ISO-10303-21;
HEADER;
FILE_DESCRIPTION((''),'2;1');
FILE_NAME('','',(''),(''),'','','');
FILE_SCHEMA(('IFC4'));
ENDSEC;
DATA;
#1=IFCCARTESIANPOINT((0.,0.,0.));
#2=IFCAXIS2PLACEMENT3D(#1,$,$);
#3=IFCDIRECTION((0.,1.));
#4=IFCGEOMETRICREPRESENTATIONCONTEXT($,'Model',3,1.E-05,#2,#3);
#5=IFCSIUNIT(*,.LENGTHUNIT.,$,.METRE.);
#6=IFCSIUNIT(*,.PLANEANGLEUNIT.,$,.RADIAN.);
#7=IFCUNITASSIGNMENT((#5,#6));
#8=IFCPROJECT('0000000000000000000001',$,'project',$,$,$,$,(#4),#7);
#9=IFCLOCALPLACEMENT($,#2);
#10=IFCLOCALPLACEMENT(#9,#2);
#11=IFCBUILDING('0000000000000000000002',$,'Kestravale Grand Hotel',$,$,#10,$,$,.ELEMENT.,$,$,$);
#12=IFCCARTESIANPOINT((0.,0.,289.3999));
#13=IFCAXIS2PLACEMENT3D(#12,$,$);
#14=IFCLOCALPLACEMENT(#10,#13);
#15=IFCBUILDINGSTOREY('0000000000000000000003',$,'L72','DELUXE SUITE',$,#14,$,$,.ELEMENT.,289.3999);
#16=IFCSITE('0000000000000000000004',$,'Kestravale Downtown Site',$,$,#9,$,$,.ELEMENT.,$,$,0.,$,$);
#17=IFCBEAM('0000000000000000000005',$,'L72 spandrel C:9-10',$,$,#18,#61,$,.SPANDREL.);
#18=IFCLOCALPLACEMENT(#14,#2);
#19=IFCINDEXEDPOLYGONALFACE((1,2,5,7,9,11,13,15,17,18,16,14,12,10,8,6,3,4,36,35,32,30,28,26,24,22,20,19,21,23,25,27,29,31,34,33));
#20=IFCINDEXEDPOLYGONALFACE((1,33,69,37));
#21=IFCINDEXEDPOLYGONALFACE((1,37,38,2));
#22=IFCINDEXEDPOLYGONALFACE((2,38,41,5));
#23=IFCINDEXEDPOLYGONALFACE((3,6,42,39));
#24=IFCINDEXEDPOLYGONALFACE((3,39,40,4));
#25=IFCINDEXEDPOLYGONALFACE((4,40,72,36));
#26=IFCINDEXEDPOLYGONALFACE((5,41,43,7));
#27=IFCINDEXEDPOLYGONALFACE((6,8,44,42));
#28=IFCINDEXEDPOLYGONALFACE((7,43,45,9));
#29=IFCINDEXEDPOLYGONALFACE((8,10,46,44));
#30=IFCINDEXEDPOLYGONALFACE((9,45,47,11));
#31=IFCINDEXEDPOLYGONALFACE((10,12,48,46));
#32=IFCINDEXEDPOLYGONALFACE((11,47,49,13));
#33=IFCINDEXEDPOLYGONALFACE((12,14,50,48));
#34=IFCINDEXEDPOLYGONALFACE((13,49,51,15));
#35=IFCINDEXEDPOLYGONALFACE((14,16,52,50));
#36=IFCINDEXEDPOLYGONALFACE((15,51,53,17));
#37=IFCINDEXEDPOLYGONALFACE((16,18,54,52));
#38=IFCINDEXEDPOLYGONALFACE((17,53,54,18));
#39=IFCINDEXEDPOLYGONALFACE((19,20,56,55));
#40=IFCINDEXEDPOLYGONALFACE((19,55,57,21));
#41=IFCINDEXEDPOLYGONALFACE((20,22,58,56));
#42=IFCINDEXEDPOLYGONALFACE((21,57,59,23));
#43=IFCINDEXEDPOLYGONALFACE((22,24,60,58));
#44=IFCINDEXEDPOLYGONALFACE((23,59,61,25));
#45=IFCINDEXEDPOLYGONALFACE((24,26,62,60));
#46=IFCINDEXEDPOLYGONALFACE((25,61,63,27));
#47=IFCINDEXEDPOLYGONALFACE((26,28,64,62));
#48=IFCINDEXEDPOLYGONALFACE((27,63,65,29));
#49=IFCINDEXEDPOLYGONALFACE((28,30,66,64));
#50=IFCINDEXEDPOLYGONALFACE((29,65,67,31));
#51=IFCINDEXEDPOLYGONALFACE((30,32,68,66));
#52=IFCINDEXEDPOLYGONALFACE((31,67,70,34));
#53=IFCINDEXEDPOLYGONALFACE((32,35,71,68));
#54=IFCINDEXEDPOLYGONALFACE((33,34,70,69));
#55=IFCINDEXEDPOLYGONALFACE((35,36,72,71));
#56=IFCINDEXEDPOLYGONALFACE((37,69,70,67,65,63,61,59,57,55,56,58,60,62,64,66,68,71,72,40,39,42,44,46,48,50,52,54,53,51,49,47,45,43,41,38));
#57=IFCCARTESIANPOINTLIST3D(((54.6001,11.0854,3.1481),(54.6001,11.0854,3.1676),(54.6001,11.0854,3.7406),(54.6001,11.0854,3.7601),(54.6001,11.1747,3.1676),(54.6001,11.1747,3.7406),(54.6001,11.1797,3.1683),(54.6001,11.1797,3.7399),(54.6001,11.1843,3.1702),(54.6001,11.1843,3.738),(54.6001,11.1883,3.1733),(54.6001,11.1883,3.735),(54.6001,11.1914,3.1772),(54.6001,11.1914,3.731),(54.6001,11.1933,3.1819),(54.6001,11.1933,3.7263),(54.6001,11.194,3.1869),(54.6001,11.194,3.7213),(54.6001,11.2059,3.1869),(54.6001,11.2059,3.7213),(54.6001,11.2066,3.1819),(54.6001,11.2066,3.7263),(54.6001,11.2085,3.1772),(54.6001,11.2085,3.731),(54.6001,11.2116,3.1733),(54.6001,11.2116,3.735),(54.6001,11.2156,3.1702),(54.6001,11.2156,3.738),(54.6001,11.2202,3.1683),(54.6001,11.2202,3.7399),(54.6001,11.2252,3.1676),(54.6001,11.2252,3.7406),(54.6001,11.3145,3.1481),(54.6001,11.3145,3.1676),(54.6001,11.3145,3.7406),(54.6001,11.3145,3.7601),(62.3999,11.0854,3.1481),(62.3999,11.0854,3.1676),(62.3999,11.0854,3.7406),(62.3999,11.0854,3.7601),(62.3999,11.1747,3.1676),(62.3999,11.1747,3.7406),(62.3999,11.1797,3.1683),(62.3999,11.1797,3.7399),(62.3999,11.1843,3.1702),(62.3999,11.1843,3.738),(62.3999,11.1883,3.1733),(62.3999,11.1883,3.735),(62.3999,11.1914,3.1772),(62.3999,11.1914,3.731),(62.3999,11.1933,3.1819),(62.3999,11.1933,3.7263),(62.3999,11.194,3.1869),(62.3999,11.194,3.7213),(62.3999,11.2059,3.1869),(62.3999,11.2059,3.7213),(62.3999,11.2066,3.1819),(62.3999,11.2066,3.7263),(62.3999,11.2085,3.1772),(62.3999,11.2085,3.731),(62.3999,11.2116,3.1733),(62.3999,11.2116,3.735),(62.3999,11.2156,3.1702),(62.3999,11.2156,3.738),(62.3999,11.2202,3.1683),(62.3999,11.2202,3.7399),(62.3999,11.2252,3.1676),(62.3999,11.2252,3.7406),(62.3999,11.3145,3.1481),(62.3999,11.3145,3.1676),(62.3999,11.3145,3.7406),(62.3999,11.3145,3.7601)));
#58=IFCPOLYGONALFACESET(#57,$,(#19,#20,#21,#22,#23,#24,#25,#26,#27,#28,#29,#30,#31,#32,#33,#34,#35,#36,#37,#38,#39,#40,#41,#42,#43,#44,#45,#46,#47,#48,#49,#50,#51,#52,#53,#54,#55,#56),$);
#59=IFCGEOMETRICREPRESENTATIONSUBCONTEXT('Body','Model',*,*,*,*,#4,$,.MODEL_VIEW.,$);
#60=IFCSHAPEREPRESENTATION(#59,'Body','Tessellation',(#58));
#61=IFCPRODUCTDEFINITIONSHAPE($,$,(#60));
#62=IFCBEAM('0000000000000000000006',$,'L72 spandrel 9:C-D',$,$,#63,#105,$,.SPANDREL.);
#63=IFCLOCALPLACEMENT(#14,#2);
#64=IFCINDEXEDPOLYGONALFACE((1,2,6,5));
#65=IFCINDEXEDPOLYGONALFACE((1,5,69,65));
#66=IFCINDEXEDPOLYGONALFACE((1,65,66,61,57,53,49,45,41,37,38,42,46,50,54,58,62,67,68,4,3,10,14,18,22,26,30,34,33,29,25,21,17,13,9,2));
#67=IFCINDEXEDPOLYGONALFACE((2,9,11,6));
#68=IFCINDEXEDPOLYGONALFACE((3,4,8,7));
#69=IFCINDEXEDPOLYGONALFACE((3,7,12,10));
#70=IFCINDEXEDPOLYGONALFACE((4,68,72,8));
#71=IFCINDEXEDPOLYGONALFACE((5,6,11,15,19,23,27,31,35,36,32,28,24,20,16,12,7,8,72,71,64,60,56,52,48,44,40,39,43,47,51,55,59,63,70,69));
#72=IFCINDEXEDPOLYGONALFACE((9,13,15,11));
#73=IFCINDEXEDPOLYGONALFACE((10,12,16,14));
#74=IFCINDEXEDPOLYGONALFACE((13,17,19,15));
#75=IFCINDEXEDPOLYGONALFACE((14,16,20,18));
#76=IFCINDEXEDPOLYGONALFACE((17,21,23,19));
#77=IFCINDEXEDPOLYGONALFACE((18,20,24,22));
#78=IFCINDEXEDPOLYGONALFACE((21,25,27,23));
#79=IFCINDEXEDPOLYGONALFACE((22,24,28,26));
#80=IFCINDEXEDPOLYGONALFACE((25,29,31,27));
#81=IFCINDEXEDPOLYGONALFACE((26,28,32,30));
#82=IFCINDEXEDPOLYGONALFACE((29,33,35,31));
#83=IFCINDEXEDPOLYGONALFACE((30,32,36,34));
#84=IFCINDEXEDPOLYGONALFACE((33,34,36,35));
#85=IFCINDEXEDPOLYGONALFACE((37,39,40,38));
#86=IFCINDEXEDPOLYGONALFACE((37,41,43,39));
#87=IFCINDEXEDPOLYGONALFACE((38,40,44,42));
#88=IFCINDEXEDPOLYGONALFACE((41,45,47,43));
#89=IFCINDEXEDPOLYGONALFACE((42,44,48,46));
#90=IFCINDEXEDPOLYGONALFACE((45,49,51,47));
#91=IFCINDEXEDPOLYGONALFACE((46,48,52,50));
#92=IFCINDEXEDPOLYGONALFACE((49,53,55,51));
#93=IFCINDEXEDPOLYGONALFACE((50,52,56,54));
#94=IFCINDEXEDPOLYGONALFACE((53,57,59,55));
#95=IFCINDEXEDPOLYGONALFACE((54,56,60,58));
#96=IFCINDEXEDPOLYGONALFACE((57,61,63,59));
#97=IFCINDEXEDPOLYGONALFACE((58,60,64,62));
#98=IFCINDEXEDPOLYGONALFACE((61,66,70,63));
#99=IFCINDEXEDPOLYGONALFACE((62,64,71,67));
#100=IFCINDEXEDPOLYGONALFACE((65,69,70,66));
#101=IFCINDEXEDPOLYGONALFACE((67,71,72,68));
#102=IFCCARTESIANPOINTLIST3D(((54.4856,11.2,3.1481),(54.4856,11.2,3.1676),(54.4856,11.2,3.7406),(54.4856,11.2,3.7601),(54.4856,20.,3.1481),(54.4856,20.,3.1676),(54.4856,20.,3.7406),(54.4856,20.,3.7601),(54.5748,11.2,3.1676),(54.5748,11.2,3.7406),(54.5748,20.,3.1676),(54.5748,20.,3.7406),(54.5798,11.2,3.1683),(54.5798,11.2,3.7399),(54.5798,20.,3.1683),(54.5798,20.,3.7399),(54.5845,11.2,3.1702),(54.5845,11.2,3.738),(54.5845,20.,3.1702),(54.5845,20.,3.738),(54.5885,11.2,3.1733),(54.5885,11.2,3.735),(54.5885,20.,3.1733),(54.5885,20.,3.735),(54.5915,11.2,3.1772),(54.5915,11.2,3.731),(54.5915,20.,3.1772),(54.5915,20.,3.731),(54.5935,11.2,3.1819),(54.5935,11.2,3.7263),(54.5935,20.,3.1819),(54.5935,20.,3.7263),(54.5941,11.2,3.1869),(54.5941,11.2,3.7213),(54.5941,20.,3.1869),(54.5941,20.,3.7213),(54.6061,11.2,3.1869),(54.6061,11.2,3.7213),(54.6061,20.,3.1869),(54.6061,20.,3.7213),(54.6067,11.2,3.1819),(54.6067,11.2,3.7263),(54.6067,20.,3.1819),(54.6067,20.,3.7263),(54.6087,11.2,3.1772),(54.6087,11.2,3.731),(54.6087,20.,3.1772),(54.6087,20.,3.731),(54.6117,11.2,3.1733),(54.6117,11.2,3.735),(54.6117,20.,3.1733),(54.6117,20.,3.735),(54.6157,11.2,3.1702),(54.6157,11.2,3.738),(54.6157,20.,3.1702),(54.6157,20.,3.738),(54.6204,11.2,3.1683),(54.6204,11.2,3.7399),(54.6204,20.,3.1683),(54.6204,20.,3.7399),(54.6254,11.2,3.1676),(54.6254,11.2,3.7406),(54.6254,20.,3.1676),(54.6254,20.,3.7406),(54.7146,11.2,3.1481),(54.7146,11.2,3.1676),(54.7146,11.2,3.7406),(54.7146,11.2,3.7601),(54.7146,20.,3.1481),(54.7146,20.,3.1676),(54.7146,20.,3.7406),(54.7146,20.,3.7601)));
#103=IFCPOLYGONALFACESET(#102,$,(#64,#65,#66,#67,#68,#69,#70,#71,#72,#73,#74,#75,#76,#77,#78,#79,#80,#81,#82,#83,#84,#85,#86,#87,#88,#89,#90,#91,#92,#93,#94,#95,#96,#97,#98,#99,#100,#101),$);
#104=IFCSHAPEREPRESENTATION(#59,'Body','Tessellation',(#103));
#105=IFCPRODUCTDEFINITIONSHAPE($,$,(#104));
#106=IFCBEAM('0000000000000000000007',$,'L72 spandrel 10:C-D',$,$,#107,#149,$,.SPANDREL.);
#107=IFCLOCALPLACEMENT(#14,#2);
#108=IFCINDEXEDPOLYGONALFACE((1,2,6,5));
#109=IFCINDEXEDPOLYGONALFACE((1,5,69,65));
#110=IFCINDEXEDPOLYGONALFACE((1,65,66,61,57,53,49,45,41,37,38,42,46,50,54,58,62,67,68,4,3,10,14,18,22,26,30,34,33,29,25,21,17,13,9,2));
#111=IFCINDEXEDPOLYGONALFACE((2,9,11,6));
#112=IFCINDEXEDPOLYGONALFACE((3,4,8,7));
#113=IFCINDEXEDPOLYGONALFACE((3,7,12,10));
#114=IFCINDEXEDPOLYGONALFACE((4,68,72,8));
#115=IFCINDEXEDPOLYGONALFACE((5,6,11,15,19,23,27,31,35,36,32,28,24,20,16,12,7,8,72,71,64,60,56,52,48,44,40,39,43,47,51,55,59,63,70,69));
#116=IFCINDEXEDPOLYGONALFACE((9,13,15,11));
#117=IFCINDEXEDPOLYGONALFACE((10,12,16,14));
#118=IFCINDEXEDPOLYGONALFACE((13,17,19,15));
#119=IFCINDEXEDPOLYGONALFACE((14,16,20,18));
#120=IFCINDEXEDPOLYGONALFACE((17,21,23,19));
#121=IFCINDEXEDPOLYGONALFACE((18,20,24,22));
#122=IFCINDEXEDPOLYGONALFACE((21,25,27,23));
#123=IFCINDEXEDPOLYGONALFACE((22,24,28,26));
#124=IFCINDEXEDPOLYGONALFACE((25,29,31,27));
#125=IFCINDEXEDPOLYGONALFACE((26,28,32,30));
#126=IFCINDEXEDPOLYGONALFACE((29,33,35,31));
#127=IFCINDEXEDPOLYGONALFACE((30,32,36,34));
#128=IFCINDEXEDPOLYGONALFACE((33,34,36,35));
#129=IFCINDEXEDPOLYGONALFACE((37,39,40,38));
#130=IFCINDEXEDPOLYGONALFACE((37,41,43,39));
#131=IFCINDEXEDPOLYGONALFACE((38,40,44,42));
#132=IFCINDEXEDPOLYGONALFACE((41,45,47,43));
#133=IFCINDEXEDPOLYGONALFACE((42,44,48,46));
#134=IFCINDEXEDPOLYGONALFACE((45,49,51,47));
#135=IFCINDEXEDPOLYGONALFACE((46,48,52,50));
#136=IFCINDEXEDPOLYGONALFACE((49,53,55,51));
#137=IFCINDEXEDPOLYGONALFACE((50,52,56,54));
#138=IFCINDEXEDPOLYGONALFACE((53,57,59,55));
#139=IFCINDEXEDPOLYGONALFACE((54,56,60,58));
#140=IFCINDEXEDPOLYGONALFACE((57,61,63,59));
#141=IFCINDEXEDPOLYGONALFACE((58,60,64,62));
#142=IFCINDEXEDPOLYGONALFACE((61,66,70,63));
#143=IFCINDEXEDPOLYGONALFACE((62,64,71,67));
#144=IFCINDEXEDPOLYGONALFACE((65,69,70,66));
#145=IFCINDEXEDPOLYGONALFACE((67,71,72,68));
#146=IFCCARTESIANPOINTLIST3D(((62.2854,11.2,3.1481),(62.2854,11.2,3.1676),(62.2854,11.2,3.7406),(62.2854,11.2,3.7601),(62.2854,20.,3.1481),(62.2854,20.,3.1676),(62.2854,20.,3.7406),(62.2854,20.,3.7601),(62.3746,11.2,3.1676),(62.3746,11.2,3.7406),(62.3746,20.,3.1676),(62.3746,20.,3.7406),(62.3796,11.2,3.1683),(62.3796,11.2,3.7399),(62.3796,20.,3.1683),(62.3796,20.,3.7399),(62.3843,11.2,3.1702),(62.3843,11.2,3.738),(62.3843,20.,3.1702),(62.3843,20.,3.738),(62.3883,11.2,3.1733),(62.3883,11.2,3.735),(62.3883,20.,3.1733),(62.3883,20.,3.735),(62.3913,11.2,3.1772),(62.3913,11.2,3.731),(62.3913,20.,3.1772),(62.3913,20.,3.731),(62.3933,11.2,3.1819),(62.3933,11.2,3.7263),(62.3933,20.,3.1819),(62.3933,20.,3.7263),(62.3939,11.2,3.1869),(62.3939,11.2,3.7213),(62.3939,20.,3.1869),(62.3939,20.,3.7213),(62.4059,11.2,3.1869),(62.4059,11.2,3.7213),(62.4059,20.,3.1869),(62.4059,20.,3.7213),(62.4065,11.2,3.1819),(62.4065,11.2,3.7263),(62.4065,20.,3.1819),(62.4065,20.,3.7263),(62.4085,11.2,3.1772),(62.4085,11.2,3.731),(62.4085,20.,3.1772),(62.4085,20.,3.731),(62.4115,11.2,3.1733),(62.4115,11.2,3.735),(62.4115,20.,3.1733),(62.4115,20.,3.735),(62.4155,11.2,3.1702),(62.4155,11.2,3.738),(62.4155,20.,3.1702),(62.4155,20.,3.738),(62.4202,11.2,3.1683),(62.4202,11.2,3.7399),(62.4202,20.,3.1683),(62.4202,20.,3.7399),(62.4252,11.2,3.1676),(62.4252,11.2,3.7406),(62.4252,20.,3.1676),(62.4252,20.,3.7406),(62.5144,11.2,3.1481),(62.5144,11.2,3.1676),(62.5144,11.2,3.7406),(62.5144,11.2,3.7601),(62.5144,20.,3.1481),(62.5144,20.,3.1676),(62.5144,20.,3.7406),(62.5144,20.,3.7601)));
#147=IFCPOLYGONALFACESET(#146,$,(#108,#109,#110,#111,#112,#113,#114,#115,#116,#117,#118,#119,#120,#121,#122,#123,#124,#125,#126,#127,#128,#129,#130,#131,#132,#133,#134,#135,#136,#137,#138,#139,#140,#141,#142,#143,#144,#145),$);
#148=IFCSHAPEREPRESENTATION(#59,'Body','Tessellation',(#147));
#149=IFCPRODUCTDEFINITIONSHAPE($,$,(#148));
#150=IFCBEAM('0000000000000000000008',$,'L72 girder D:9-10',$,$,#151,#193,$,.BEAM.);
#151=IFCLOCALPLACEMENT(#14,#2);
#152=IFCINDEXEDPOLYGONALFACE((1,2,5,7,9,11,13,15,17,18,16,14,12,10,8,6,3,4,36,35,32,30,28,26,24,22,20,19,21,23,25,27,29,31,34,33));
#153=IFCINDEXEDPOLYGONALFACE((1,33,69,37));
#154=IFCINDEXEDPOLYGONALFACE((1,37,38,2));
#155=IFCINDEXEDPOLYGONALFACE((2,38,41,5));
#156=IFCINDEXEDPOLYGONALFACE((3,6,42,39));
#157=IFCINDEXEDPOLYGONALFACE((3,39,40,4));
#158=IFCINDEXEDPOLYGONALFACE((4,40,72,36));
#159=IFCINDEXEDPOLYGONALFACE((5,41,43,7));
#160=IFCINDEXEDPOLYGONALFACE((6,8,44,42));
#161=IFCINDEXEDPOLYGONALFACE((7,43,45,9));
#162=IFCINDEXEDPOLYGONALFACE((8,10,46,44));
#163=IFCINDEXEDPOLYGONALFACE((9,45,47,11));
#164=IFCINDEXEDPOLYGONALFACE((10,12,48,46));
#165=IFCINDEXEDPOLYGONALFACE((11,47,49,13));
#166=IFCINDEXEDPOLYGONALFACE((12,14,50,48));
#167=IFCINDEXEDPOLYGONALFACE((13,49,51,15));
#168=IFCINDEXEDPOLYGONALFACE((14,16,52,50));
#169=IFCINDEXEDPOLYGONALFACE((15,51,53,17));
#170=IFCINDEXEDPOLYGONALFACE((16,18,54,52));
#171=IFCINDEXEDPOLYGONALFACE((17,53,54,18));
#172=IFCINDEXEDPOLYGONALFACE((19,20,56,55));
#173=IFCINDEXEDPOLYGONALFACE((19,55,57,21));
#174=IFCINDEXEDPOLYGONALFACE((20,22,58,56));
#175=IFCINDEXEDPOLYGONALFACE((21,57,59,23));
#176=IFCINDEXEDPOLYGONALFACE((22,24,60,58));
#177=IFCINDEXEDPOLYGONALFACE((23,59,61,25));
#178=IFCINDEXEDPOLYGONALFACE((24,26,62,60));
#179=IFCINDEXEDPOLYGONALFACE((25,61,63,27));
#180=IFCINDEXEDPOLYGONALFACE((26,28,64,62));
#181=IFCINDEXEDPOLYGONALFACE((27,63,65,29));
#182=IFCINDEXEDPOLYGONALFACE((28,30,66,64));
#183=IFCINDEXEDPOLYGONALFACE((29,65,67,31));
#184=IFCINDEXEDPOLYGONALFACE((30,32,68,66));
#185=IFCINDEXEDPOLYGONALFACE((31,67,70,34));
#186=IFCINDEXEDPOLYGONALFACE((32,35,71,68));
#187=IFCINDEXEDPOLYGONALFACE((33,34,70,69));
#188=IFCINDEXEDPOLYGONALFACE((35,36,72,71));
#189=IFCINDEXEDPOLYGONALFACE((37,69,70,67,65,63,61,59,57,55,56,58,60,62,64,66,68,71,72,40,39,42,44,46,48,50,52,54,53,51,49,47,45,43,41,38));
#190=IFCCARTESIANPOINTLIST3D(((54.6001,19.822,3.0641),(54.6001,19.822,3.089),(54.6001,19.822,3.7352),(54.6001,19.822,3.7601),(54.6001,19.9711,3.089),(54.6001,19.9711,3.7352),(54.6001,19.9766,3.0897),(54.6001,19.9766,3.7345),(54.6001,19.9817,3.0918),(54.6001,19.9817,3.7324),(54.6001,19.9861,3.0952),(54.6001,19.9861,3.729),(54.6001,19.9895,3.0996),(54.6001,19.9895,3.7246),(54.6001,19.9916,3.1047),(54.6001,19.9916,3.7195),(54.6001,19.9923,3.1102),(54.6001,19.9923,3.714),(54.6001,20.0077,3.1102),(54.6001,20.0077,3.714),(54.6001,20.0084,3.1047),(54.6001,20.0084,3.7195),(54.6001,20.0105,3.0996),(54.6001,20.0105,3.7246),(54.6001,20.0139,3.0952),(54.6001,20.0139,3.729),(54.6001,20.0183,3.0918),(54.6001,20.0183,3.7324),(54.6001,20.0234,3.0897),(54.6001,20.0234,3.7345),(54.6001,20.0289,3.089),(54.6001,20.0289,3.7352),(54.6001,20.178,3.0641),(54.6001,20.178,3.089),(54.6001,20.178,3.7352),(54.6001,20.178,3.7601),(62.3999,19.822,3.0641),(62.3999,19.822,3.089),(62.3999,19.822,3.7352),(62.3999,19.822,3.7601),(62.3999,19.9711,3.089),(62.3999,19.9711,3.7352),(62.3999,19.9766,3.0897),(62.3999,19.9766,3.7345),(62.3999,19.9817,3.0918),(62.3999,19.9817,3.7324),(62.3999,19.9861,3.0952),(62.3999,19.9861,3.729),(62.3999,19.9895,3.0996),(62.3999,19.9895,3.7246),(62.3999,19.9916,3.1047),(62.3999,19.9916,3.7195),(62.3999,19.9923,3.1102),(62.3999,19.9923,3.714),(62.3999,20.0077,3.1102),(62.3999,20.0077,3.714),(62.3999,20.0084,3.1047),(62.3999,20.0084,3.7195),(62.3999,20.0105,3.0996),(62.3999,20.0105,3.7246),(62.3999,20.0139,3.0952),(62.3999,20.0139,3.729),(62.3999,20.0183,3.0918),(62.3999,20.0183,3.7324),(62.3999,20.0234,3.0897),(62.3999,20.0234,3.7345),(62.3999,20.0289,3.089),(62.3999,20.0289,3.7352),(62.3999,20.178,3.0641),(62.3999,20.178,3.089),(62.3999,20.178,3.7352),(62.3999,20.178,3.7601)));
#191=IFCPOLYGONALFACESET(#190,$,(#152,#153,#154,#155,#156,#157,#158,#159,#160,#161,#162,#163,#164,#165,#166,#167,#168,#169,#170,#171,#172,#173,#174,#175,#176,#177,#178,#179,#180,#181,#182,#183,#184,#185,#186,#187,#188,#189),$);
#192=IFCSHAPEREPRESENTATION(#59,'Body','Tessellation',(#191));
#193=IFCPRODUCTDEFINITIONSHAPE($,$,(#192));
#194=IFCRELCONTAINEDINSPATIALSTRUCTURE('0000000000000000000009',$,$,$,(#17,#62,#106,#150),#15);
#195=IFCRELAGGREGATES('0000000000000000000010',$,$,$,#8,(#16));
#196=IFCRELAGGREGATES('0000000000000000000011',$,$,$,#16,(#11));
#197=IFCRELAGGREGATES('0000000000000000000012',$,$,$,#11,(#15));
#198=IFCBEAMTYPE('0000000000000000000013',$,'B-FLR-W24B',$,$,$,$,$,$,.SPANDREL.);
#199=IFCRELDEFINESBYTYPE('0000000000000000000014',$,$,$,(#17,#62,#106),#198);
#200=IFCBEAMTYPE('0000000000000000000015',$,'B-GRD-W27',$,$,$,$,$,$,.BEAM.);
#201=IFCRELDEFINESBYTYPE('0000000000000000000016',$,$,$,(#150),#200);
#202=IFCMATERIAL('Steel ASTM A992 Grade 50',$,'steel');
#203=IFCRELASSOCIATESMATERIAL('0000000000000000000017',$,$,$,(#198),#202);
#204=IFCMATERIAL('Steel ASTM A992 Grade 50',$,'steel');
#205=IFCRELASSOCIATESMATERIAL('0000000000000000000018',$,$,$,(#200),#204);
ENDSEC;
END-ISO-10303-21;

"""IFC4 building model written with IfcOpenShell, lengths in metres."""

from ifc_helpers import new_model, si_unit, direction, frame, origin, origin_2d, place, context, subcontext, project, spatial, i_section, extrude, material, material_profile, profile_set, type_object, element, save


model = new_model("IFC4")

# Units and contexts
model_context = context("Model", 3, precision=1e-05, world=origin(), true_north=direction((0.0, 1.0)))
body_context = subcontext(model_context, "Body", "Model", "MODEL_VIEW")
ifc_project = project(units=[si_unit("LENGTHUNIT", "METRE"), si_unit("PLANEANGLEUNIT", "RADIAN")], contexts=[model_context])

# Site, building, storey
site_placement = place(None, origin())
site = spatial("IfcSite", under=ifc_project, at=site_placement, Name="Kestravale Downtown Site", CompositionType="ELEMENT", RefElevation=0.0)
building_placement = place(site_placement, origin())
building = spatial("IfcBuilding", under=site, at=building_placement, Name="Kestravale Grand Hotel", CompositionType="ELEMENT")
storey_placement = place(building_placement, frame((0.0, 0.0, 289.3999)))
storey = spatial("IfcBuildingStorey", under=building, at=storey_placement, Name="L72", Description="DELUXE SUITE", CompositionType="ELEMENT", Elevation=289.3999)

# Beams
ifc_material_1 = material(Name="Steel ASTM A992 Grade 50", Category="steel")
ifc_material_profile_1 = material_profile(ifc_material_1, i_section(OverallWidth=0.229, OverallDepth=0.6121, WebThickness=0.012, FlangeThickness=0.0195, FilletRadius=0.0193, at=origin_2d()))
ifc_profile_set_1 = profile_set([ifc_material_profile_1], Name="Steel ASTM A992 Grade 50")
beam_type_1 = type_object("IfcBeamType", Name="B-FLR-W24B", PredefinedType="SPANDREL", material=ifc_profile_set_1)
beam_1_placement = place(storey_placement, frame((54.6001, 11.2, 3.4541), z_axis=(1.0, 0.0, 0.0), x_axis=(0.0, 1.0, 0.0)))
element("IfcBeam", 1, at=beam_1_placement, inside=storey, type_object=beam_type_1, Name="L72 spandrel C:9-10", PredefinedType="SPANDREL", context=body_context, shape_type="SweptSolid", body=[
    extrude(i_section(OverallWidth=0.229, OverallDepth=0.6121, WebThickness=0.012, FlangeThickness=0.0195, FilletRadius=0.0193, at=origin_2d()), origin(), (0.0, 0.0, 1.0), 7.7998),
])
for number, where, z_axis, x_axis, name in (
    (2, (54.6001, 11.2, 3.4541), (0.0, 1.0, 0.0), (-1.0, 0.0, 0.0), "L72 spandrel 9:C-D"),
    (3, (62.3999, 11.2, 3.4541), (0.0, 1.0, 0.0), (-1.0, 0.0, 0.0), "L72 spandrel 10:C-D"),
):
    element("IfcBeam", number, at=place(storey_placement, frame(where, z_axis=z_axis, x_axis=x_axis)), inside=storey, type_object=beam_type_1, Name=name, PredefinedType="SPANDREL", context=body_context, shape_type="SweptSolid", body=[
        extrude(i_section(OverallWidth=0.229, OverallDepth=0.6121, WebThickness=0.012, FlangeThickness=0.0195, FilletRadius=0.0193, at=origin_2d()), origin(), (0.0, 0.0, 1.0), 8.8),
    ])
ifc_material_2 = material(Name="Steel ASTM A992 Grade 50", Category="steel")
ifc_material_profile_2 = material_profile(ifc_material_2, i_section(OverallWidth=0.356, OverallDepth=0.696, WebThickness=0.0154, FlangeThickness=0.0249, FilletRadius=0.0212, at=origin_2d()))
ifc_profile_set_2 = profile_set([ifc_material_profile_2], Name="Steel ASTM A992 Grade 50")
beam_type_2 = type_object("IfcBeamType", Name="B-GRD-W27", PredefinedType="BEAM", material=ifc_profile_set_2)
beam_2_placement = place(storey_placement, frame((54.6001, 20.0, 3.4121), z_axis=(1.0, 0.0, 0.0), x_axis=(0.0, 1.0, 0.0)))
element("IfcBeam", 4, at=beam_2_placement, inside=storey, type_object=beam_type_2, Name="L72 girder D:9-10", PredefinedType="BEAM", context=body_context, shape_type="SweptSolid", body=[
    extrude(i_section(OverallWidth=0.356, OverallDepth=0.696, WebThickness=0.0154, FlangeThickness=0.0249, FilletRadius=0.0212, at=origin_2d()), origin(), (0.0, 0.0, 1.0), 7.7998),
])

save(model, "model.ifc")
